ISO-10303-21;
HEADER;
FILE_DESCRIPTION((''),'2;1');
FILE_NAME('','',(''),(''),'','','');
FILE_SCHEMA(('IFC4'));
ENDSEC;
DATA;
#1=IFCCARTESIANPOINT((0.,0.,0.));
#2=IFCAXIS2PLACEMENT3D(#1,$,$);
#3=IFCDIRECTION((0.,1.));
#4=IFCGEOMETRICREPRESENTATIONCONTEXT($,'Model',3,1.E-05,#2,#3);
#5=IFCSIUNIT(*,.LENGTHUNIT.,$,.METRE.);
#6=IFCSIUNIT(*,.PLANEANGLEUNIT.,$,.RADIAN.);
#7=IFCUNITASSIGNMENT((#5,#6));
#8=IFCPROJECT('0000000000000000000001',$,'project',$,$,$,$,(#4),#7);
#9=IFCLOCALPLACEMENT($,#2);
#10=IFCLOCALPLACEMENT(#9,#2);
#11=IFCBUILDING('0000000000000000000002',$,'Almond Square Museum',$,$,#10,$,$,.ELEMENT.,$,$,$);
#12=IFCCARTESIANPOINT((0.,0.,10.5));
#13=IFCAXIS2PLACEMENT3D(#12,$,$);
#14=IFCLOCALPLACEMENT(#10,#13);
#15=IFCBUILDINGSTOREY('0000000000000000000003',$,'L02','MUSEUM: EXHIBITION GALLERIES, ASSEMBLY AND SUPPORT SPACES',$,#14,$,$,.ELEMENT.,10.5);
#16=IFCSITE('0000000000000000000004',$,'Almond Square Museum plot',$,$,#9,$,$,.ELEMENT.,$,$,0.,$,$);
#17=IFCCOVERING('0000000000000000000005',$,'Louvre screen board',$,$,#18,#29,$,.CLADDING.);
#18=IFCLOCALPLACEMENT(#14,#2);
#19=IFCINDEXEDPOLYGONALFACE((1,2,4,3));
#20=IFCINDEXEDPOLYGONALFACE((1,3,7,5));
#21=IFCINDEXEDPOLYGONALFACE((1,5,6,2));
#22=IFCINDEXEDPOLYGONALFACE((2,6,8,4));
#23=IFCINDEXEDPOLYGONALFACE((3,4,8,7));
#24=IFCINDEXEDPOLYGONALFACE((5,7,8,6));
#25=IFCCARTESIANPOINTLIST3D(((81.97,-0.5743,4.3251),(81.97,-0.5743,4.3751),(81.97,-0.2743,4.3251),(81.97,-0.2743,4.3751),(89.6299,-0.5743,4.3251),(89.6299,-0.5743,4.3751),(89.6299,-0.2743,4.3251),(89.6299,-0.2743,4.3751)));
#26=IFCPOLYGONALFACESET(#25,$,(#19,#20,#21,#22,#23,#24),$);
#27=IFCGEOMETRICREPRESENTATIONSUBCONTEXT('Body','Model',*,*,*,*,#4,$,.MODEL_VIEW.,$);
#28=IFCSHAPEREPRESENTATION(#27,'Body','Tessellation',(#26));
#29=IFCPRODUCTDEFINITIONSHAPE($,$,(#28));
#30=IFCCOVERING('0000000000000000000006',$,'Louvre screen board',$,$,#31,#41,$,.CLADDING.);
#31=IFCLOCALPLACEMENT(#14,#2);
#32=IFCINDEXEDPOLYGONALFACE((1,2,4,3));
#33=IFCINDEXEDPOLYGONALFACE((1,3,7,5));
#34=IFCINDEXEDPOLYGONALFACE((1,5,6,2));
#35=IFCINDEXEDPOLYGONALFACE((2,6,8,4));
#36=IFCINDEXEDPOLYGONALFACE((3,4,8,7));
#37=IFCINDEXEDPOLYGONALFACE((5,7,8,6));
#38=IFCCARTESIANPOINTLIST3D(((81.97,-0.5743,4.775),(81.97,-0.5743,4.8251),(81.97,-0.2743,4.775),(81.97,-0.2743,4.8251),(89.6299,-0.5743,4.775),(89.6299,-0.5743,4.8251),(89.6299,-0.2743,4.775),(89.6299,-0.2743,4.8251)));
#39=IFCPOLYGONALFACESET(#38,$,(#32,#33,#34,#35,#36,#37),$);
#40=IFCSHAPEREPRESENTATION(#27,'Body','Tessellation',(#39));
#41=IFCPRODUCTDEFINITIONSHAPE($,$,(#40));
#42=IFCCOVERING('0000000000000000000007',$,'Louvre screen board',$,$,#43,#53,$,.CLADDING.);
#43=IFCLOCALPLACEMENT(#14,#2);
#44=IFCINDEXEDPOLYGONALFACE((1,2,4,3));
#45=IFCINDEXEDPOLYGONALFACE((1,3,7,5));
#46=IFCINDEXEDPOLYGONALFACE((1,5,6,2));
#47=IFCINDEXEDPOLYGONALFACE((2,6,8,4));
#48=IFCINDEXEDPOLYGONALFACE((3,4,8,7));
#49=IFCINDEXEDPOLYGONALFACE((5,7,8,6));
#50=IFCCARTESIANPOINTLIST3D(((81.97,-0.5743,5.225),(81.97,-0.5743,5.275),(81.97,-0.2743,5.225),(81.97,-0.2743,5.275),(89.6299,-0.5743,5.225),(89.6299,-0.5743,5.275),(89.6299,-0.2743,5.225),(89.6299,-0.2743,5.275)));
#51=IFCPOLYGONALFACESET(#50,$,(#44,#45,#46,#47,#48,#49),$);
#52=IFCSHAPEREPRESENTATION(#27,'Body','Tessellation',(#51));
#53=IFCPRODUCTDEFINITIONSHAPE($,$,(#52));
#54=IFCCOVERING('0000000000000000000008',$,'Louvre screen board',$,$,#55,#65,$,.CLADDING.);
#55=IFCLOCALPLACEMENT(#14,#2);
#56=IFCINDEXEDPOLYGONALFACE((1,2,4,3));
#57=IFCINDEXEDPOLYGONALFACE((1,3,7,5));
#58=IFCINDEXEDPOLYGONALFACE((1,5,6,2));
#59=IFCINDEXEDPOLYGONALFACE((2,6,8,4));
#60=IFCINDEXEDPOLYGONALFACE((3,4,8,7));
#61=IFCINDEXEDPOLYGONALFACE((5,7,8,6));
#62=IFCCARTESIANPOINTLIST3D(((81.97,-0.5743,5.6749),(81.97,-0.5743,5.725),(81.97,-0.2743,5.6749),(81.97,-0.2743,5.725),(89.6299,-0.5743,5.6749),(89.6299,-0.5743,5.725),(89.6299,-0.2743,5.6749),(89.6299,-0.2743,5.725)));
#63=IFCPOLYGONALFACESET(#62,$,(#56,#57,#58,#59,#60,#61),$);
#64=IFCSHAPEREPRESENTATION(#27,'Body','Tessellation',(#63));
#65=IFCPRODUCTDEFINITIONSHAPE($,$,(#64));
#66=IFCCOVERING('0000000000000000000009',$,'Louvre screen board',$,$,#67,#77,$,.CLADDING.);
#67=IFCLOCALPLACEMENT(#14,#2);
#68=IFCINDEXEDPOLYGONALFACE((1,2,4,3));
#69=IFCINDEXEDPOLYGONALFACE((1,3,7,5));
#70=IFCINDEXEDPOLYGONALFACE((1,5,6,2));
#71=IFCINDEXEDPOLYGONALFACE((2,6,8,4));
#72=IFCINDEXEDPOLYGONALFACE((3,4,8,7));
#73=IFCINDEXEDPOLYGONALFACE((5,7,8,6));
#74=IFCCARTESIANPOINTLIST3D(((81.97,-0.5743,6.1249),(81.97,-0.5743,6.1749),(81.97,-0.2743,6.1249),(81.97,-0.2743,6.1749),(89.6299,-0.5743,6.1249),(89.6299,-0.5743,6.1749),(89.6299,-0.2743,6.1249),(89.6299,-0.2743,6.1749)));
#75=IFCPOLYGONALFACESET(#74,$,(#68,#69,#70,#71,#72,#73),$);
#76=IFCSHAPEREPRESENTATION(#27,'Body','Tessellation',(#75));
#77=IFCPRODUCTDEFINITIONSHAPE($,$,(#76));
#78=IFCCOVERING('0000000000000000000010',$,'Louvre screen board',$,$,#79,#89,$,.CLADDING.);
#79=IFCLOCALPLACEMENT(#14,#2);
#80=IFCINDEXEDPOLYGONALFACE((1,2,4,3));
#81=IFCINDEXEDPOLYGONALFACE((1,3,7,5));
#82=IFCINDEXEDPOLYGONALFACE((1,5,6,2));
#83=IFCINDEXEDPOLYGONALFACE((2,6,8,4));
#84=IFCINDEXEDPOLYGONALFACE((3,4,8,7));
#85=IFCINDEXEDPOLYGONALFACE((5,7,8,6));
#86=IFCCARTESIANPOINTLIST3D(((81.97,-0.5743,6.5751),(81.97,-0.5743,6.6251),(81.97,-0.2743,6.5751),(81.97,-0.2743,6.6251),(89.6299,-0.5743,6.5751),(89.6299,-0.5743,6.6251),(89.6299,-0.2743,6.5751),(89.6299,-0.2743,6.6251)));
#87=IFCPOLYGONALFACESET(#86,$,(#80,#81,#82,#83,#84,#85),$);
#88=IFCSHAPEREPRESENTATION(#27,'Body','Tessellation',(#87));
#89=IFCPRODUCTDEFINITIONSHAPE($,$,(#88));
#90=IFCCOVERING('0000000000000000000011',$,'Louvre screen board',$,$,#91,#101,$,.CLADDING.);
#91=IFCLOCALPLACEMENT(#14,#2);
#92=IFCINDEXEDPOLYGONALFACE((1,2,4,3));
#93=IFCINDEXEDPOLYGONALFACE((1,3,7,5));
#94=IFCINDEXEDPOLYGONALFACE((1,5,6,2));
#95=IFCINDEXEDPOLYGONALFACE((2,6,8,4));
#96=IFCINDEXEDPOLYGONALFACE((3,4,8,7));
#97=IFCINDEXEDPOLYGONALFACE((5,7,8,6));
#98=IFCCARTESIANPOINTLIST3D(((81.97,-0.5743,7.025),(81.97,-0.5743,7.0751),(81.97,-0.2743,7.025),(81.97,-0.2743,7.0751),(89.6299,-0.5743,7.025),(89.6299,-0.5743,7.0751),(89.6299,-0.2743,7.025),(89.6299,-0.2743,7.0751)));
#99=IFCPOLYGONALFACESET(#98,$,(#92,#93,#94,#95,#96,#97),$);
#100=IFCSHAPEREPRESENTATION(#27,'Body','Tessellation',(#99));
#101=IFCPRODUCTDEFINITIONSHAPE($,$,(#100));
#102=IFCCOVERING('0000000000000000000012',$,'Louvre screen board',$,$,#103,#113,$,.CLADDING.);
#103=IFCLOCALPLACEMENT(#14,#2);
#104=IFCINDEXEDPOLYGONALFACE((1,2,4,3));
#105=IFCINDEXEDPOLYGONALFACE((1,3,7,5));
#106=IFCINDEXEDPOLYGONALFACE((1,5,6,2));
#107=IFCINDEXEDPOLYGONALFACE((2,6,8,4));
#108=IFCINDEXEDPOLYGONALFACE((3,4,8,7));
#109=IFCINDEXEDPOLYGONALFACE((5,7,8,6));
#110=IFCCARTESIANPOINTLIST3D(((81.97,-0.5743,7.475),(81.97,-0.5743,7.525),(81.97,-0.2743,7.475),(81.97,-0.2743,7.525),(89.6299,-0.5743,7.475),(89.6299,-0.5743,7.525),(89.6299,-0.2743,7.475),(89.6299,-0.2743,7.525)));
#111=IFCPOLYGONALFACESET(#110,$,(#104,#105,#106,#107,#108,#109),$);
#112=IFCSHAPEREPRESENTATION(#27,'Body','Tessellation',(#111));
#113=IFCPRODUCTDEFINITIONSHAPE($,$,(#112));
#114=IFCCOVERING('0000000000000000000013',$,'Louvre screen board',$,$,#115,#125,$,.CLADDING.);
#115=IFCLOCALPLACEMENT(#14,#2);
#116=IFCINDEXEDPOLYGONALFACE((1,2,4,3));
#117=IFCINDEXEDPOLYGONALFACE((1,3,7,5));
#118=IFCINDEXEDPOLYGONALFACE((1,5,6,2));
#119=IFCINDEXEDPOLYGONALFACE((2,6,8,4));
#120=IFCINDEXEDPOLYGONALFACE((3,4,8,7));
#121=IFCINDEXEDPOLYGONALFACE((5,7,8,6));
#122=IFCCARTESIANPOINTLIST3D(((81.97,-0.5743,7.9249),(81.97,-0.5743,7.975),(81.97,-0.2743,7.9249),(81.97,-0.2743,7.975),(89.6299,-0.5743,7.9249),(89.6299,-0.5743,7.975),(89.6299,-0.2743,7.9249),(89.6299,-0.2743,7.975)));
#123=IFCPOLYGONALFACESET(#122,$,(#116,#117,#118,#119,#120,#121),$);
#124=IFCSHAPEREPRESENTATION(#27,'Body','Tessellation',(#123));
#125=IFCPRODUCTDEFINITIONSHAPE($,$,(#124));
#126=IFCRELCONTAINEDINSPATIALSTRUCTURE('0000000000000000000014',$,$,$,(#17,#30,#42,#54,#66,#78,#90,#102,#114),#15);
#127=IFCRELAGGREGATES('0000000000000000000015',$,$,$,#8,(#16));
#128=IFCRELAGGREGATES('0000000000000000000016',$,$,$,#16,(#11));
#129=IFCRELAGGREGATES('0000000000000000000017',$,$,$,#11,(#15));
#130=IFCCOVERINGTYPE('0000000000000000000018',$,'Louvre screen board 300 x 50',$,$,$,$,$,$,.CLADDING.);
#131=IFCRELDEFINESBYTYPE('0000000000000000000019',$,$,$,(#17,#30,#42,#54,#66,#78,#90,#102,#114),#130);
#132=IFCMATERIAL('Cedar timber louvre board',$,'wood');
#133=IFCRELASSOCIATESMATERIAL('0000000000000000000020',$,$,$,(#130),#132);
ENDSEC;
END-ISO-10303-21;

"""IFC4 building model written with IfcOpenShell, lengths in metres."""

from ifc_helpers import new_model, si_unit, direction, frame, origin, origin_2d, place, context, subcontext, project, spatial, rectangle, extrude, material, material_profile, profile_set, type_object, element, save


model = new_model("IFC4")

# Units and contexts
model_context = context("Model", 3, precision=1e-05, world=origin(), true_north=direction((0.0, 1.0)))
body_context = subcontext(model_context, "Body", "Model", "MODEL_VIEW")
ifc_project = project(units=[si_unit("LENGTHUNIT", "METRE"), si_unit("PLANEANGLEUNIT", "RADIAN")], contexts=[model_context])

# Site, building, storey
site_placement = place(None, origin())
site = spatial("IfcSite", under=ifc_project, at=site_placement, Name="Almond Square Museum plot", CompositionType="ELEMENT", RefElevation=0.0)
building_placement = place(site_placement, origin())
building = spatial("IfcBuilding", under=site, at=building_placement, Name="Almond Square Museum", CompositionType="ELEMENT")
storey_placement = place(building_placement, frame((0.0, 0.0, 10.5)))
storey = spatial("IfcBuildingStorey", under=building, at=storey_placement, Name="L02", Description="MUSEUM: EXHIBITION GALLERIES, ASSEMBLY AND SUPPORT SPACES", CompositionType="ELEMENT", Elevation=10.5)

# Coverings
ifc_material_1 = material(Name="Cedar timber louvre board", Category="wood")
ifc_material_profile_1 = material_profile(ifc_material_1, rectangle(XDim=0.3, YDim=0.05, at=origin_2d()))
ifc_profile_set_1 = profile_set([ifc_material_profile_1], Name="Cedar timber louvre board")
covering_type = type_object("IfcCoveringType", Name="Louvre screen board 300 x 50", PredefinedType="CLADDING", material=ifc_profile_set_1)
for number, where, z_axis, x_axis, name in (
    (1, (81.97, -0.4243, 4.3501), (1.0, 0.0, 0.0), (0.0, 1.0, 0.0), "Louvre screen board"),
    (2, (81.97, -0.4243, 4.8), (1.0, 0.0, 0.0), (0.0, 1.0, 0.0), "Louvre screen board"),
    (3, (81.97, -0.4243, 5.25), (1.0, 0.0, 0.0), (0.0, 1.0, 0.0), "Louvre screen board"),
    (4, (81.97, -0.4243, 5.7), (1.0, 0.0, 0.0), (0.0, 1.0, 0.0), "Louvre screen board"),
    (5, (81.97, -0.4243, 6.1499), (1.0, 0.0, 0.0), (0.0, 1.0, 0.0), "Louvre screen board"),
    (6, (81.97, -0.4243, 6.6001), (1.0, 0.0, 0.0), (0.0, 1.0, 0.0), "Louvre screen board"),
    (7, (81.97, -0.4243, 7.05), (1.0, 0.0, 0.0), (0.0, 1.0, 0.0), "Louvre screen board"),
    (8, (81.97, -0.4243, 7.5), (1.0, 0.0, 0.0), (0.0, 1.0, 0.0), "Louvre screen board"),
    (9, (81.97, -0.4243, 7.95), (1.0, 0.0, 0.0), (0.0, 1.0, 0.0), "Louvre screen board"),
):
    element("IfcCovering", number, at=place(storey_placement, frame(where, z_axis=z_axis, x_axis=x_axis)), inside=storey, type_object=covering_type, Name=name, PredefinedType="CLADDING", context=body_context, shape_type="SweptSolid", body=[
        extrude(rectangle(XDim=0.3, YDim=0.05, at=origin_2d()), origin(), (0.0, 0.0, 1.0), 7.6599),
    ])

save(model, "model.ifc")
